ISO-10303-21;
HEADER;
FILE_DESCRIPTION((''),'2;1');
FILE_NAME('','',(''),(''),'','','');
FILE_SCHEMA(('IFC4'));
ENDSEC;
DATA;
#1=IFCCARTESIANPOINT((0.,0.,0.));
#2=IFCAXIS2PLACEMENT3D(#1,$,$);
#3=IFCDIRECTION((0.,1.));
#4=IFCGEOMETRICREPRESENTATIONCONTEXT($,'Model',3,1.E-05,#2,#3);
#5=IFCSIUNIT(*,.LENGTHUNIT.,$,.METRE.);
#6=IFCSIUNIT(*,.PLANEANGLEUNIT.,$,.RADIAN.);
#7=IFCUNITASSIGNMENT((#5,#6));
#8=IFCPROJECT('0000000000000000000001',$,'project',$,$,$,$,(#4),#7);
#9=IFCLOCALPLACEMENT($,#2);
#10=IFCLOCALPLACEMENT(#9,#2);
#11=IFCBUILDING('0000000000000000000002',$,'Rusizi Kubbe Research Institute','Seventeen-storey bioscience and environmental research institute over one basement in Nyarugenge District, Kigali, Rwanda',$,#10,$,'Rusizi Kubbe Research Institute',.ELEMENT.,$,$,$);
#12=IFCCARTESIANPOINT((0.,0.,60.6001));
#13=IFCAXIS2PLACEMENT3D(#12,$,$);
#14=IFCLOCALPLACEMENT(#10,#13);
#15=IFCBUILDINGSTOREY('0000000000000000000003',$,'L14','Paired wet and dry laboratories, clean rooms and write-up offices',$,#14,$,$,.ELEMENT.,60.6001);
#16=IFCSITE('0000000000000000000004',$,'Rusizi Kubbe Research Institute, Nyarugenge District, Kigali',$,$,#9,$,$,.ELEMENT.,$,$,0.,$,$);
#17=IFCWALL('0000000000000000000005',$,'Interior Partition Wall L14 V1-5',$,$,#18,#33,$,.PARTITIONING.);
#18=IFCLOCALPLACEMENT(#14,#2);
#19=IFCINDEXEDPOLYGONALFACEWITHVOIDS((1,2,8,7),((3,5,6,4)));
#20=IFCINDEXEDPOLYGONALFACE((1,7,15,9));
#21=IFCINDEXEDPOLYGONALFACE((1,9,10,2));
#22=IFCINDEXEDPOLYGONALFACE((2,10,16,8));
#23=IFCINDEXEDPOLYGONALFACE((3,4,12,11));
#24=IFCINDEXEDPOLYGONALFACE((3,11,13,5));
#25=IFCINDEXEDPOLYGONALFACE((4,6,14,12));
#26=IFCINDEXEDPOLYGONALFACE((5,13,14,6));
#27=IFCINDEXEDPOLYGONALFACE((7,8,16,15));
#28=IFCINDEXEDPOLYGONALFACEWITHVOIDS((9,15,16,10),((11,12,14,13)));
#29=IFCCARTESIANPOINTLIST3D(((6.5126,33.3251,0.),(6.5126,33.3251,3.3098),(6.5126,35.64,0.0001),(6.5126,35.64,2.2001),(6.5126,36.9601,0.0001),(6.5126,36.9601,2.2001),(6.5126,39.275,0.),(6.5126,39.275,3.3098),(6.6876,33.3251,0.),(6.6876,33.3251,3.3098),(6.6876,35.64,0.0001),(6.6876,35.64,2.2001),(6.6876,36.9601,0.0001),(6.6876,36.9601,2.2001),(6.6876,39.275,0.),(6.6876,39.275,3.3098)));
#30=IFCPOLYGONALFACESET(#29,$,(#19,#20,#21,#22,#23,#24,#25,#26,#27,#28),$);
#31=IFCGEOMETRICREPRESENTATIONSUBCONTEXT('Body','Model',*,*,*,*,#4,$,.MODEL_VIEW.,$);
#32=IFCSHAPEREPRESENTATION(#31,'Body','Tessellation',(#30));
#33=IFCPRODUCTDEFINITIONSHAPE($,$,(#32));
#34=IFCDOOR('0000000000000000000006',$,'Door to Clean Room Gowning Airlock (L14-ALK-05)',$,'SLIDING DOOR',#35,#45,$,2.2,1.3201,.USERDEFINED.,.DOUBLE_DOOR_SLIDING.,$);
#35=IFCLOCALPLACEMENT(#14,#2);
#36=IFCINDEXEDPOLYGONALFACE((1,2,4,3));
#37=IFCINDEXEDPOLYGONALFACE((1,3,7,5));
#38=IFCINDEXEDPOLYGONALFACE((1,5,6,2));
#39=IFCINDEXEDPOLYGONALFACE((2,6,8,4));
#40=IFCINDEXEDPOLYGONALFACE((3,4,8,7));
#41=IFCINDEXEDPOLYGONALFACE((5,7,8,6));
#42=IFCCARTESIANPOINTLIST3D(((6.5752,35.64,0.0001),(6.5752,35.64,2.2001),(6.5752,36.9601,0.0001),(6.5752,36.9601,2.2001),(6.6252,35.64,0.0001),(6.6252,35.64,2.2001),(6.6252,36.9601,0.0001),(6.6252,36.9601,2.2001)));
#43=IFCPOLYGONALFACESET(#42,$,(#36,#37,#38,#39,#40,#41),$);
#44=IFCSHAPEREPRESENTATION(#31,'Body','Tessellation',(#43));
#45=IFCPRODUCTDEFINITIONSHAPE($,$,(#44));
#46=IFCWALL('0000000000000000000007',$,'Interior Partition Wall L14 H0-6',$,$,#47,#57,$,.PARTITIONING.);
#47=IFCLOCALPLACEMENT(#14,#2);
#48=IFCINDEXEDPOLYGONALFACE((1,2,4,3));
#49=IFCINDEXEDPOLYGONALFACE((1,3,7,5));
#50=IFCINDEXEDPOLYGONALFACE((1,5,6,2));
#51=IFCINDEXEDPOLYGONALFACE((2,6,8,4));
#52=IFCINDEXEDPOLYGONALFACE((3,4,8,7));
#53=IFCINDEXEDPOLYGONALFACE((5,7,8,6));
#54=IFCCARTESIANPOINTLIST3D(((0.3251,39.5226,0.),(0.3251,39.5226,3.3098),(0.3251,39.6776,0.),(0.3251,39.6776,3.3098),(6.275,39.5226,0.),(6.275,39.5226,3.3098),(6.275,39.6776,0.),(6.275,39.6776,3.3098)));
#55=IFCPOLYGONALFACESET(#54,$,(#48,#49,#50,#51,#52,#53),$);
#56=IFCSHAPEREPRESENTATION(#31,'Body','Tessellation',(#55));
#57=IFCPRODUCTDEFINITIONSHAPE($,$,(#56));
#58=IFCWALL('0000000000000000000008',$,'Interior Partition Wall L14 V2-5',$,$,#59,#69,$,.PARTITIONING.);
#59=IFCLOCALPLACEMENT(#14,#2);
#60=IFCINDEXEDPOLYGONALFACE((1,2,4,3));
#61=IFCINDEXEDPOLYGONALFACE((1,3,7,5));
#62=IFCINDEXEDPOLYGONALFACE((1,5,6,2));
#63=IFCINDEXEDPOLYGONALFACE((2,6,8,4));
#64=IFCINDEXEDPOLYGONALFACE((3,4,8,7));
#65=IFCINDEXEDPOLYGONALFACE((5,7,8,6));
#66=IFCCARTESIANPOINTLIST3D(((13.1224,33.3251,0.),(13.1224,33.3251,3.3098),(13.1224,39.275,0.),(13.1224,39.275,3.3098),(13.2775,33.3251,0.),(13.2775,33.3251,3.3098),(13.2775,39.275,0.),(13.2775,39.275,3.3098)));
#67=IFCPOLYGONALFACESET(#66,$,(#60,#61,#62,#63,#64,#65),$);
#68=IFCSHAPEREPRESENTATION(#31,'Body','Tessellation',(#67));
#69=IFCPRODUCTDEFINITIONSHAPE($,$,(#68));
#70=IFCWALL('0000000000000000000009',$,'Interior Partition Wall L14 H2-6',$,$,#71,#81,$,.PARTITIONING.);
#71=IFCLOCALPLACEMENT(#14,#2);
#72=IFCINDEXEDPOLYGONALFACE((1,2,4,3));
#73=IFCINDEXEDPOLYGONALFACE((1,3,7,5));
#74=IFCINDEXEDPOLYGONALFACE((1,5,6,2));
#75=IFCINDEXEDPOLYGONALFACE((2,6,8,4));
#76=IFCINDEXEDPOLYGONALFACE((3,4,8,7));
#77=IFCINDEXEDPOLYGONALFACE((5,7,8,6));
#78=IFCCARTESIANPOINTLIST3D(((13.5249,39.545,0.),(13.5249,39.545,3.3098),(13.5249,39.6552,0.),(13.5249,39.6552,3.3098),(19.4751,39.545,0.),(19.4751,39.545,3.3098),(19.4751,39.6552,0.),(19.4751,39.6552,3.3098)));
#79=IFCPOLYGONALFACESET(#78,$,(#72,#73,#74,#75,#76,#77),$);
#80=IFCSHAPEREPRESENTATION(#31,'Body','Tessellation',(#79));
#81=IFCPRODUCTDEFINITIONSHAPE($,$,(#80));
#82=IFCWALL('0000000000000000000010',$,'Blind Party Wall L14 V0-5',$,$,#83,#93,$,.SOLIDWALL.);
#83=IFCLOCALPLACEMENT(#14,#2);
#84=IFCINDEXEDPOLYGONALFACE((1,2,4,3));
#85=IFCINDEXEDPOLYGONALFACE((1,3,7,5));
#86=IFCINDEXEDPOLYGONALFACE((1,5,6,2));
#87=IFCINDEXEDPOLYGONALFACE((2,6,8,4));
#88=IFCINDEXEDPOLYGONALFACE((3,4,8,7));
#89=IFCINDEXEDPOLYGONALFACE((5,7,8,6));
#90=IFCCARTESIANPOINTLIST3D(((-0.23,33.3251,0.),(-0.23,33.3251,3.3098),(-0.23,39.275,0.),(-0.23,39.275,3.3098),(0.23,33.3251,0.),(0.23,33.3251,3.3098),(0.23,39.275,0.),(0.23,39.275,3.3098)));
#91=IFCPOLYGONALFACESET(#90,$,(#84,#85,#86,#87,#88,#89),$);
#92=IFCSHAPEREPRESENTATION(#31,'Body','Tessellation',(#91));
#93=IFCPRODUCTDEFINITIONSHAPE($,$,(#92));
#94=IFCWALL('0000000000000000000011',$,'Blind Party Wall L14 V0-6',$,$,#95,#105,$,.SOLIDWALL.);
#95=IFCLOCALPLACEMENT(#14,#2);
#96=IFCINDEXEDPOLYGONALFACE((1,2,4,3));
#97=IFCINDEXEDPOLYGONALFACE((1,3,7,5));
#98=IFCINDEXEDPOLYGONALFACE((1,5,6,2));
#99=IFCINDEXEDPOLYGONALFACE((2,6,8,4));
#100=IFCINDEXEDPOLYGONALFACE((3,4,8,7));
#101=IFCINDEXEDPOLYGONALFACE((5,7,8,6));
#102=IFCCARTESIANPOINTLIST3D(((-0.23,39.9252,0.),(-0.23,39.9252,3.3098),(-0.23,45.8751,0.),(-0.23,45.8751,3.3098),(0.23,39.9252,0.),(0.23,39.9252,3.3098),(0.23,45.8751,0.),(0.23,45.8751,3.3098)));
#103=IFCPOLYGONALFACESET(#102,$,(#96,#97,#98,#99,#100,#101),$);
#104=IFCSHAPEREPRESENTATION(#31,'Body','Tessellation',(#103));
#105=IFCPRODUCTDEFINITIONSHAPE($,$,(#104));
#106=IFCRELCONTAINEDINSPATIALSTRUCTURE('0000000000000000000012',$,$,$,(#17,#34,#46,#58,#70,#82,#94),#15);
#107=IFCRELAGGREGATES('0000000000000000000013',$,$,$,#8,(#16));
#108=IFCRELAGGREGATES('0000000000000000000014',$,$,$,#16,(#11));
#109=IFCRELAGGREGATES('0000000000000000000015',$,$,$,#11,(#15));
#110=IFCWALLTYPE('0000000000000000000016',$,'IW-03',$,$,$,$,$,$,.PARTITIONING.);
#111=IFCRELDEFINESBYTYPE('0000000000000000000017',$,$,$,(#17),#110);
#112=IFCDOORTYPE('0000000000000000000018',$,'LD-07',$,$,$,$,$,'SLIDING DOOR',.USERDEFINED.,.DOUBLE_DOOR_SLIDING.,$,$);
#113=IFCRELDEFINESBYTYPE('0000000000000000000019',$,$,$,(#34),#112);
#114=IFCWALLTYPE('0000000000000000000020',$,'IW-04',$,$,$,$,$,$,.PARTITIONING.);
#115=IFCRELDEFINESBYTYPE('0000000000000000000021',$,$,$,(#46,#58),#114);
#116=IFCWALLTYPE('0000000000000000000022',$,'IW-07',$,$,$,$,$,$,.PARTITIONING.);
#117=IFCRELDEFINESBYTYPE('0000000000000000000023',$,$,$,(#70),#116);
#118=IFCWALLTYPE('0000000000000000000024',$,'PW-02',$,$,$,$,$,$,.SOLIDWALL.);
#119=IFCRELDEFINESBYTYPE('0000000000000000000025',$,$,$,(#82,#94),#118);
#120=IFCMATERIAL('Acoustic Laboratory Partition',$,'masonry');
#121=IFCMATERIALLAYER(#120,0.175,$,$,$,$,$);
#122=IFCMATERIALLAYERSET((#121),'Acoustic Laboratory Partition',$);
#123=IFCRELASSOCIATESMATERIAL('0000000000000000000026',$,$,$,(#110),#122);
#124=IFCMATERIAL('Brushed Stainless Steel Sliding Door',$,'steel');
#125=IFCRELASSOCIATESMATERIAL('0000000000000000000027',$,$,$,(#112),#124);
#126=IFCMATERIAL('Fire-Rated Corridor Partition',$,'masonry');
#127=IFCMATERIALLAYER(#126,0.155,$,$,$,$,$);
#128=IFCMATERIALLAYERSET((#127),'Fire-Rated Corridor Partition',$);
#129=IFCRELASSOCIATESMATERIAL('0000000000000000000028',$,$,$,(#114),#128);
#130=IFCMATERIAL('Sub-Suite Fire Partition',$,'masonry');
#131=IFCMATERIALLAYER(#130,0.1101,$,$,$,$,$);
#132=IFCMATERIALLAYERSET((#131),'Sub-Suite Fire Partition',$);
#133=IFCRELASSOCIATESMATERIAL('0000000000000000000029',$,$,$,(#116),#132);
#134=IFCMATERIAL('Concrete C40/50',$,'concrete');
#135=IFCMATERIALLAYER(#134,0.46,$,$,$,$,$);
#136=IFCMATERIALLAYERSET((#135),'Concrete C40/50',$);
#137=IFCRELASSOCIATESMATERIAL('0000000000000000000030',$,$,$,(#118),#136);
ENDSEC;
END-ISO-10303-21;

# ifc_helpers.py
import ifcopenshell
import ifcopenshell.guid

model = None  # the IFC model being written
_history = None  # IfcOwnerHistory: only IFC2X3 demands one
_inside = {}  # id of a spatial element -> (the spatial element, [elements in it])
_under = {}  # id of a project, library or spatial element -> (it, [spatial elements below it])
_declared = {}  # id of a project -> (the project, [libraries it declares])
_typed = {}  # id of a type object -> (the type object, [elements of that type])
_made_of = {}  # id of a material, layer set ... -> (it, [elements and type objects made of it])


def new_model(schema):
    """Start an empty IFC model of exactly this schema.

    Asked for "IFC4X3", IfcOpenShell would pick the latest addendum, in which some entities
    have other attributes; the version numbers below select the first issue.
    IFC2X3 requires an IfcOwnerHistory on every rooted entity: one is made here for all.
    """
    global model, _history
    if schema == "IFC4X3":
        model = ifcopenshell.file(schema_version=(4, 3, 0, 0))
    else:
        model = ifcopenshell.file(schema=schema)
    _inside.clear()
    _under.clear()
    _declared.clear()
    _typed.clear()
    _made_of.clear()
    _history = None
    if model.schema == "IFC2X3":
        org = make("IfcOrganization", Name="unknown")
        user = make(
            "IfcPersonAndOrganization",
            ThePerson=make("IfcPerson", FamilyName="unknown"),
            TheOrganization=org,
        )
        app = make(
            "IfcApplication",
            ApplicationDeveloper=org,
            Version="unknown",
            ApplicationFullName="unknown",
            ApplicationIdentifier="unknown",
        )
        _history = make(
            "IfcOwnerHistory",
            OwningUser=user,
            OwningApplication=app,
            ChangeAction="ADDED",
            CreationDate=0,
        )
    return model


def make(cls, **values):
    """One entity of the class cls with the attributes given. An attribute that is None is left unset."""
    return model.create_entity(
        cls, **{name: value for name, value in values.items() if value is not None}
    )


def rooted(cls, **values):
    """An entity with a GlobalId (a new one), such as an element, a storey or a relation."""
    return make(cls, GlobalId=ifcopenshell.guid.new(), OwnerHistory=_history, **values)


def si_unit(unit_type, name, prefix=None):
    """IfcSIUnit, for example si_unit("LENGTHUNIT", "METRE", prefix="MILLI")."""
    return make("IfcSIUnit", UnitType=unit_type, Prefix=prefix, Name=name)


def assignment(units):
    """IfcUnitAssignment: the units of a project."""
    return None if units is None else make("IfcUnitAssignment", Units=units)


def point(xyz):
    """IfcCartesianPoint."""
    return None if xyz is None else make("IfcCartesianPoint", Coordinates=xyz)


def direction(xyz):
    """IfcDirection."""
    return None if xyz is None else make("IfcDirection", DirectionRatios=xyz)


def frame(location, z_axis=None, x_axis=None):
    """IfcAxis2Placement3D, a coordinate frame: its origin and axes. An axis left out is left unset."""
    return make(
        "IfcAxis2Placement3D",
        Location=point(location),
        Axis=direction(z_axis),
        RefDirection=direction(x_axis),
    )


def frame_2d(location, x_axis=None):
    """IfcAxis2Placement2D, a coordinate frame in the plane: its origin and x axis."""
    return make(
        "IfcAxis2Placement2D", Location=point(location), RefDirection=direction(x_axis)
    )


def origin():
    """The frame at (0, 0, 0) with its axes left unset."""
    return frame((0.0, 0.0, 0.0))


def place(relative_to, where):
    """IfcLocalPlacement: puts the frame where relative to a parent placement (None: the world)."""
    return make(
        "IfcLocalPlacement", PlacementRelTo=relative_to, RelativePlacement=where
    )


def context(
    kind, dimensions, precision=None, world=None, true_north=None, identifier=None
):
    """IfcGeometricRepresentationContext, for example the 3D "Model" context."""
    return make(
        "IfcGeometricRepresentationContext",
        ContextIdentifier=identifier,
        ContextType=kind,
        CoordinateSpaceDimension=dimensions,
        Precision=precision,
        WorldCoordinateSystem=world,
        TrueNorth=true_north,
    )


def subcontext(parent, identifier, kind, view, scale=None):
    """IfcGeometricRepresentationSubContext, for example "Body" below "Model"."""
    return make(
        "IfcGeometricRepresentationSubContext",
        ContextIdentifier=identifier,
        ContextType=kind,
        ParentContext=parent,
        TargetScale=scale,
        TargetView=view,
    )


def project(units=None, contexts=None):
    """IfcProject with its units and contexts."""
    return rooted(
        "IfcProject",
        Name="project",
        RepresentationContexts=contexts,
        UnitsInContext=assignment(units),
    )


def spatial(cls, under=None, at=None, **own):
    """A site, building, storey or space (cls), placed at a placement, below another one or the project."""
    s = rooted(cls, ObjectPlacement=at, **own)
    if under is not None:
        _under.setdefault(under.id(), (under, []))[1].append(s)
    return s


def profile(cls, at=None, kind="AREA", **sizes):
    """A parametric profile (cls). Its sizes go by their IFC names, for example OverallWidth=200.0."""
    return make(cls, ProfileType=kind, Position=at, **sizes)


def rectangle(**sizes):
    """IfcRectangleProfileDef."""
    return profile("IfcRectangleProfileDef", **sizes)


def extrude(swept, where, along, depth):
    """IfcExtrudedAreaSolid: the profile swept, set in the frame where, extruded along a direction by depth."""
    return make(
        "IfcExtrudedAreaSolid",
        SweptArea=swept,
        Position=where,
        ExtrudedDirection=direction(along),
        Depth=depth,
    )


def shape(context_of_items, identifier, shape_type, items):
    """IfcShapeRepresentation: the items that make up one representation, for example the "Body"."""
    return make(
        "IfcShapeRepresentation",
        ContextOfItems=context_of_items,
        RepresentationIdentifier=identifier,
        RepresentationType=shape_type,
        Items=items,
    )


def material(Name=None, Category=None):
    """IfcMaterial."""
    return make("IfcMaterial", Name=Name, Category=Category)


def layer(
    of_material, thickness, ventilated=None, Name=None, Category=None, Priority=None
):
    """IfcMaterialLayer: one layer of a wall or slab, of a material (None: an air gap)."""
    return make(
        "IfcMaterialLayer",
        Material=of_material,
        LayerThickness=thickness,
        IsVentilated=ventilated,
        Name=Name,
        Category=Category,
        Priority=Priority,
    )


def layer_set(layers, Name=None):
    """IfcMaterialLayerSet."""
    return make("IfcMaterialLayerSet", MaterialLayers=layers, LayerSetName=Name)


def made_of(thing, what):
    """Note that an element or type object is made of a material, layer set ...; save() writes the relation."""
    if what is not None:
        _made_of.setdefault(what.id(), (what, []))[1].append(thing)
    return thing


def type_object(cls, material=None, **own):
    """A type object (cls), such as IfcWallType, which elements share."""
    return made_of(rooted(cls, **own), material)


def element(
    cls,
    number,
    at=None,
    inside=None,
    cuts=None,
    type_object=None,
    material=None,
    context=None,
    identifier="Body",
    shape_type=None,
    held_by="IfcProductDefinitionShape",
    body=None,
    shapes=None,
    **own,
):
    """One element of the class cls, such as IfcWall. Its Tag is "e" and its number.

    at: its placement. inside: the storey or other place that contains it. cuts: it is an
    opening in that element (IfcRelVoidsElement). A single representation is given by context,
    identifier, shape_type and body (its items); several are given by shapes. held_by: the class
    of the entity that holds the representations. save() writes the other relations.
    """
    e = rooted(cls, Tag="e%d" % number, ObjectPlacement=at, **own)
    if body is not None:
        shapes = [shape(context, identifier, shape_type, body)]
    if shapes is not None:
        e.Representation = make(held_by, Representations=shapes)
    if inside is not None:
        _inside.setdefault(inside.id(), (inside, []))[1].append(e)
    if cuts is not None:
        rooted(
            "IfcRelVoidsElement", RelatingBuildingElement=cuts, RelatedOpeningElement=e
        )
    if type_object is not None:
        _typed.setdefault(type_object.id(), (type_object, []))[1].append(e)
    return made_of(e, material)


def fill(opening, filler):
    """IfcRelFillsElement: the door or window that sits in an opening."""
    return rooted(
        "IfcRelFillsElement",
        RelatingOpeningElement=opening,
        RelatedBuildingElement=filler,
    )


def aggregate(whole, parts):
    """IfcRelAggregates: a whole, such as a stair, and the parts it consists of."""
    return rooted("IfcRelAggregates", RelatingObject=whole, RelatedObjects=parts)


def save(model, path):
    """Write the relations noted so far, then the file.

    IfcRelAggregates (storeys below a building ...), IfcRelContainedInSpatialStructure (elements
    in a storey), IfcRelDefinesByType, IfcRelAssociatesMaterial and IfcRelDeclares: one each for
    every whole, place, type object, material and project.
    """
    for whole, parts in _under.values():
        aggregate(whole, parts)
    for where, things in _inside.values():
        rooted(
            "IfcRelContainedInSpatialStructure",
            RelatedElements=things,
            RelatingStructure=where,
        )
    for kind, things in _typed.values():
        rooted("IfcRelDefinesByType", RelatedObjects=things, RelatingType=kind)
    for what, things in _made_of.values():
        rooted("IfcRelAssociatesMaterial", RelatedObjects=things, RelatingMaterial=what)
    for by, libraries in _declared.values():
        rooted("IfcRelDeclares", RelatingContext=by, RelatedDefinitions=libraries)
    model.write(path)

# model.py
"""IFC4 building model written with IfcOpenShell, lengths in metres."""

from ifc_helpers import new_model, si_unit, direction, frame, frame_2d, origin, place, context, subcontext, project, spatial, rectangle, extrude, material, layer, layer_set, type_object, element, fill, save


model = new_model("IFC4")

# Units and contexts
model_context = context("Model", 3, precision=1e-05, world=origin(), true_north=direction((0.0, 1.0)))
body_context = subcontext(model_context, "Body", "Model", "MODEL_VIEW")
ifc_project = project(units=[si_unit("LENGTHUNIT", "METRE"), si_unit("PLANEANGLEUNIT", "RADIAN")], contexts=[model_context])

# Site, building, storey
site_placement = place(None, origin())
site = spatial("IfcSite", under=ifc_project, at=site_placement, Name="Rusizi Kubbe Research Institute, Nyarugenge District, Kigali", CompositionType="ELEMENT", RefElevation=0.0)
building_placement = place(site_placement, origin())
building = spatial("IfcBuilding", under=site, at=building_placement, Name="Rusizi Kubbe Research Institute", Description="Seventeen-storey bioscience and environmental research institute over one basement in Nyarugenge District, Kigali, Rwanda", LongName="Rusizi Kubbe Research Institute", CompositionType="ELEMENT")
storey_placement = place(building_placement, frame((0.0, 0.0, 60.6001)))
storey = spatial("IfcBuildingStorey", under=building, at=storey_placement, Name="L14", Description="Paired wet and dry laboratories, clean rooms and write-up offices", CompositionType="ELEMENT", Elevation=60.6001)

# Wall, opening, door
ifc_material_1 = material(Name="Acoustic Laboratory Partition", Category="masonry")
ifc_layer_1 = layer(ifc_material_1, 0.175)
ifc_layer_set_1 = layer_set([ifc_layer_1], Name="Acoustic Laboratory Partition")
wall_type_1 = type_object("IfcWallType", Name="IW-03", PredefinedType="PARTITIONING", material=ifc_layer_set_1)
wall_1_placement = place(storey_placement, frame((6.6001, 33.325, 0.0), z_axis=(0.0, 0.0, 1.0), x_axis=(0.0, 1.0, 0.0)))
wall_1 = element("IfcWall", 1, at=wall_1_placement, inside=storey, type_object=wall_type_1, Name="Interior Partition Wall L14 V1-5", PredefinedType="PARTITIONING", context=body_context, shape_type="SweptSolid", body=[
    extrude(rectangle(XDim=5.95, YDim=0.175, at=frame_2d((2.9751, 0.0))), origin(), (0.0, 0.0, 1.0), 3.3098),
])
opening_placement = place(wall_1_placement, frame((2.3149, 0.0, 0.0)))
opening = element("IfcOpeningElement", 2, at=opening_placement, cuts=wall_1, PredefinedType="OPENING", context=body_context, shape_type="SweptSolid", body=[
    extrude(rectangle(XDim=1.3201, YDim=2.2, at=frame_2d((0.6602, 1.1001))), frame((0.0, 0.0974, 0.0), z_axis=(0.0, -1.0, 0.0), x_axis=(1.0, 0.0, 0.0)), (0.0, 0.0, 1.0), 0.1951),
])
ifc_material_2 = material(Name="Brushed Stainless Steel Sliding Door", Category="steel")
door_type = type_object("IfcDoorType", Name="LD-07", ElementType="SLIDING DOOR", OperationType="DOUBLE_DOOR_SLIDING", PredefinedType="USERDEFINED", material=ifc_material_2)
door_placement = place(opening_placement, origin())
door = element("IfcDoor", 3, at=door_placement, inside=storey, type_object=door_type, Name="Door to Clean Room Gowning Airlock (L14-ALK-05)", ObjectType="SLIDING DOOR", OperationType="DOUBLE_DOOR_SLIDING", OverallHeight=2.2, OverallWidth=1.3201, PredefinedType="USERDEFINED", context=body_context, shape_type="SweptSolid", body=[
    extrude(rectangle(XDim=1.3201, YDim=2.2, at=frame_2d((0.6602, 1.1001))), frame((0.0, 0.0249, 0.0), z_axis=(0.0, -1.0, 0.0), x_axis=(1.0, 0.0, 0.0)), (0.0, 0.0, 1.0), 0.05),
])
fill(opening, door)

# Walls
ifc_material_3 = material(Name="Fire-Rated Corridor Partition", Category="masonry")
ifc_layer_2 = layer(ifc_material_3, 0.155)
ifc_layer_set_2 = layer_set([ifc_layer_2], Name="Fire-Rated Corridor Partition")
wall_type_2 = type_object("IfcWallType", Name="IW-04", PredefinedType="PARTITIONING", material=ifc_layer_set_2)
for number, where, z_axis, x_axis, name in (
    (4, (0.325, 39.6001, 0.0), (0.0, 0.0, 1.0), (1.0, 0.0, 0.0), "Interior Partition Wall L14 H0-6"),
    (5, (13.2, 33.325, 0.0), (0.0, 0.0, 1.0), (0.0, 1.0, 0.0), "Interior Partition Wall L14 V2-5"),
):
    element("IfcWall", number, at=place(storey_placement, frame(where, z_axis=z_axis, x_axis=x_axis)), inside=storey, type_object=wall_type_2, Name=name, PredefinedType="PARTITIONING", context=body_context, shape_type="SweptSolid", body=[
        extrude(rectangle(XDim=5.95, YDim=0.155, at=frame_2d((2.9751, 0.0))), origin(), (0.0, 0.0, 1.0), 3.3098),
    ])
ifc_material_4 = material(Name="Sub-Suite Fire Partition", Category="masonry")
ifc_layer_3 = layer(ifc_material_4, 0.1101)
ifc_layer_set_3 = layer_set([ifc_layer_3], Name="Sub-Suite Fire Partition")
wall_type_3 = type_object("IfcWallType", Name="IW-07", PredefinedType="PARTITIONING", material=ifc_layer_set_3)
wall_2_placement = place(storey_placement, frame((13.5249, 39.6001, 0.0), z_axis=(0.0, 0.0, 1.0), x_axis=(1.0, 0.0, 0.0)))
element("IfcWall", 6, at=wall_2_placement, inside=storey, type_object=wall_type_3, Name="Interior Partition Wall L14 H2-6", PredefinedType="PARTITIONING", context=body_context, shape_type="SweptSolid", body=[
    extrude(rectangle(XDim=5.9502, YDim=0.1101, at=frame_2d((2.9751, 0.0))), origin(), (0.0, 0.0, 1.0), 3.3098),
])
ifc_material_5 = material(Name="Concrete C40/50", Category="concrete")
ifc_layer_4 = layer(ifc_material_5, 0.46)
ifc_layer_set_4 = layer_set([ifc_layer_4], Name="Concrete C40/50")
wall_type_4 = type_object("IfcWallType", Name="PW-02", PredefinedType="SOLIDWALL", material=ifc_layer_set_4)
for number, where, z_axis, x_axis, name in (
    (7, (0.0, 33.325, 0.0), (0.0, 0.0, 1.0), (0.0, 1.0, 0.0), "Blind Party Wall L14 V0-5"),
    (8, (0.0, 39.925, 0.0), (0.0, 0.0, 1.0), (0.0, 1.0, 0.0), "Blind Party Wall L14 V0-6"),
):
    element("IfcWall", number, at=place(storey_placement, frame(where, z_axis=z_axis, x_axis=x_axis)), inside=storey, type_object=wall_type_4, Name=name, PredefinedType="SOLIDWALL", context=body_context, shape_type="SweptSolid", body=[
        extrude(rectangle(XDim=5.95, YDim=0.46, at=frame_2d((2.9751, 0.0))), origin(), (0.0, 0.0, 1.0), 3.3098),
    ])

save(model, "model.ifc")
